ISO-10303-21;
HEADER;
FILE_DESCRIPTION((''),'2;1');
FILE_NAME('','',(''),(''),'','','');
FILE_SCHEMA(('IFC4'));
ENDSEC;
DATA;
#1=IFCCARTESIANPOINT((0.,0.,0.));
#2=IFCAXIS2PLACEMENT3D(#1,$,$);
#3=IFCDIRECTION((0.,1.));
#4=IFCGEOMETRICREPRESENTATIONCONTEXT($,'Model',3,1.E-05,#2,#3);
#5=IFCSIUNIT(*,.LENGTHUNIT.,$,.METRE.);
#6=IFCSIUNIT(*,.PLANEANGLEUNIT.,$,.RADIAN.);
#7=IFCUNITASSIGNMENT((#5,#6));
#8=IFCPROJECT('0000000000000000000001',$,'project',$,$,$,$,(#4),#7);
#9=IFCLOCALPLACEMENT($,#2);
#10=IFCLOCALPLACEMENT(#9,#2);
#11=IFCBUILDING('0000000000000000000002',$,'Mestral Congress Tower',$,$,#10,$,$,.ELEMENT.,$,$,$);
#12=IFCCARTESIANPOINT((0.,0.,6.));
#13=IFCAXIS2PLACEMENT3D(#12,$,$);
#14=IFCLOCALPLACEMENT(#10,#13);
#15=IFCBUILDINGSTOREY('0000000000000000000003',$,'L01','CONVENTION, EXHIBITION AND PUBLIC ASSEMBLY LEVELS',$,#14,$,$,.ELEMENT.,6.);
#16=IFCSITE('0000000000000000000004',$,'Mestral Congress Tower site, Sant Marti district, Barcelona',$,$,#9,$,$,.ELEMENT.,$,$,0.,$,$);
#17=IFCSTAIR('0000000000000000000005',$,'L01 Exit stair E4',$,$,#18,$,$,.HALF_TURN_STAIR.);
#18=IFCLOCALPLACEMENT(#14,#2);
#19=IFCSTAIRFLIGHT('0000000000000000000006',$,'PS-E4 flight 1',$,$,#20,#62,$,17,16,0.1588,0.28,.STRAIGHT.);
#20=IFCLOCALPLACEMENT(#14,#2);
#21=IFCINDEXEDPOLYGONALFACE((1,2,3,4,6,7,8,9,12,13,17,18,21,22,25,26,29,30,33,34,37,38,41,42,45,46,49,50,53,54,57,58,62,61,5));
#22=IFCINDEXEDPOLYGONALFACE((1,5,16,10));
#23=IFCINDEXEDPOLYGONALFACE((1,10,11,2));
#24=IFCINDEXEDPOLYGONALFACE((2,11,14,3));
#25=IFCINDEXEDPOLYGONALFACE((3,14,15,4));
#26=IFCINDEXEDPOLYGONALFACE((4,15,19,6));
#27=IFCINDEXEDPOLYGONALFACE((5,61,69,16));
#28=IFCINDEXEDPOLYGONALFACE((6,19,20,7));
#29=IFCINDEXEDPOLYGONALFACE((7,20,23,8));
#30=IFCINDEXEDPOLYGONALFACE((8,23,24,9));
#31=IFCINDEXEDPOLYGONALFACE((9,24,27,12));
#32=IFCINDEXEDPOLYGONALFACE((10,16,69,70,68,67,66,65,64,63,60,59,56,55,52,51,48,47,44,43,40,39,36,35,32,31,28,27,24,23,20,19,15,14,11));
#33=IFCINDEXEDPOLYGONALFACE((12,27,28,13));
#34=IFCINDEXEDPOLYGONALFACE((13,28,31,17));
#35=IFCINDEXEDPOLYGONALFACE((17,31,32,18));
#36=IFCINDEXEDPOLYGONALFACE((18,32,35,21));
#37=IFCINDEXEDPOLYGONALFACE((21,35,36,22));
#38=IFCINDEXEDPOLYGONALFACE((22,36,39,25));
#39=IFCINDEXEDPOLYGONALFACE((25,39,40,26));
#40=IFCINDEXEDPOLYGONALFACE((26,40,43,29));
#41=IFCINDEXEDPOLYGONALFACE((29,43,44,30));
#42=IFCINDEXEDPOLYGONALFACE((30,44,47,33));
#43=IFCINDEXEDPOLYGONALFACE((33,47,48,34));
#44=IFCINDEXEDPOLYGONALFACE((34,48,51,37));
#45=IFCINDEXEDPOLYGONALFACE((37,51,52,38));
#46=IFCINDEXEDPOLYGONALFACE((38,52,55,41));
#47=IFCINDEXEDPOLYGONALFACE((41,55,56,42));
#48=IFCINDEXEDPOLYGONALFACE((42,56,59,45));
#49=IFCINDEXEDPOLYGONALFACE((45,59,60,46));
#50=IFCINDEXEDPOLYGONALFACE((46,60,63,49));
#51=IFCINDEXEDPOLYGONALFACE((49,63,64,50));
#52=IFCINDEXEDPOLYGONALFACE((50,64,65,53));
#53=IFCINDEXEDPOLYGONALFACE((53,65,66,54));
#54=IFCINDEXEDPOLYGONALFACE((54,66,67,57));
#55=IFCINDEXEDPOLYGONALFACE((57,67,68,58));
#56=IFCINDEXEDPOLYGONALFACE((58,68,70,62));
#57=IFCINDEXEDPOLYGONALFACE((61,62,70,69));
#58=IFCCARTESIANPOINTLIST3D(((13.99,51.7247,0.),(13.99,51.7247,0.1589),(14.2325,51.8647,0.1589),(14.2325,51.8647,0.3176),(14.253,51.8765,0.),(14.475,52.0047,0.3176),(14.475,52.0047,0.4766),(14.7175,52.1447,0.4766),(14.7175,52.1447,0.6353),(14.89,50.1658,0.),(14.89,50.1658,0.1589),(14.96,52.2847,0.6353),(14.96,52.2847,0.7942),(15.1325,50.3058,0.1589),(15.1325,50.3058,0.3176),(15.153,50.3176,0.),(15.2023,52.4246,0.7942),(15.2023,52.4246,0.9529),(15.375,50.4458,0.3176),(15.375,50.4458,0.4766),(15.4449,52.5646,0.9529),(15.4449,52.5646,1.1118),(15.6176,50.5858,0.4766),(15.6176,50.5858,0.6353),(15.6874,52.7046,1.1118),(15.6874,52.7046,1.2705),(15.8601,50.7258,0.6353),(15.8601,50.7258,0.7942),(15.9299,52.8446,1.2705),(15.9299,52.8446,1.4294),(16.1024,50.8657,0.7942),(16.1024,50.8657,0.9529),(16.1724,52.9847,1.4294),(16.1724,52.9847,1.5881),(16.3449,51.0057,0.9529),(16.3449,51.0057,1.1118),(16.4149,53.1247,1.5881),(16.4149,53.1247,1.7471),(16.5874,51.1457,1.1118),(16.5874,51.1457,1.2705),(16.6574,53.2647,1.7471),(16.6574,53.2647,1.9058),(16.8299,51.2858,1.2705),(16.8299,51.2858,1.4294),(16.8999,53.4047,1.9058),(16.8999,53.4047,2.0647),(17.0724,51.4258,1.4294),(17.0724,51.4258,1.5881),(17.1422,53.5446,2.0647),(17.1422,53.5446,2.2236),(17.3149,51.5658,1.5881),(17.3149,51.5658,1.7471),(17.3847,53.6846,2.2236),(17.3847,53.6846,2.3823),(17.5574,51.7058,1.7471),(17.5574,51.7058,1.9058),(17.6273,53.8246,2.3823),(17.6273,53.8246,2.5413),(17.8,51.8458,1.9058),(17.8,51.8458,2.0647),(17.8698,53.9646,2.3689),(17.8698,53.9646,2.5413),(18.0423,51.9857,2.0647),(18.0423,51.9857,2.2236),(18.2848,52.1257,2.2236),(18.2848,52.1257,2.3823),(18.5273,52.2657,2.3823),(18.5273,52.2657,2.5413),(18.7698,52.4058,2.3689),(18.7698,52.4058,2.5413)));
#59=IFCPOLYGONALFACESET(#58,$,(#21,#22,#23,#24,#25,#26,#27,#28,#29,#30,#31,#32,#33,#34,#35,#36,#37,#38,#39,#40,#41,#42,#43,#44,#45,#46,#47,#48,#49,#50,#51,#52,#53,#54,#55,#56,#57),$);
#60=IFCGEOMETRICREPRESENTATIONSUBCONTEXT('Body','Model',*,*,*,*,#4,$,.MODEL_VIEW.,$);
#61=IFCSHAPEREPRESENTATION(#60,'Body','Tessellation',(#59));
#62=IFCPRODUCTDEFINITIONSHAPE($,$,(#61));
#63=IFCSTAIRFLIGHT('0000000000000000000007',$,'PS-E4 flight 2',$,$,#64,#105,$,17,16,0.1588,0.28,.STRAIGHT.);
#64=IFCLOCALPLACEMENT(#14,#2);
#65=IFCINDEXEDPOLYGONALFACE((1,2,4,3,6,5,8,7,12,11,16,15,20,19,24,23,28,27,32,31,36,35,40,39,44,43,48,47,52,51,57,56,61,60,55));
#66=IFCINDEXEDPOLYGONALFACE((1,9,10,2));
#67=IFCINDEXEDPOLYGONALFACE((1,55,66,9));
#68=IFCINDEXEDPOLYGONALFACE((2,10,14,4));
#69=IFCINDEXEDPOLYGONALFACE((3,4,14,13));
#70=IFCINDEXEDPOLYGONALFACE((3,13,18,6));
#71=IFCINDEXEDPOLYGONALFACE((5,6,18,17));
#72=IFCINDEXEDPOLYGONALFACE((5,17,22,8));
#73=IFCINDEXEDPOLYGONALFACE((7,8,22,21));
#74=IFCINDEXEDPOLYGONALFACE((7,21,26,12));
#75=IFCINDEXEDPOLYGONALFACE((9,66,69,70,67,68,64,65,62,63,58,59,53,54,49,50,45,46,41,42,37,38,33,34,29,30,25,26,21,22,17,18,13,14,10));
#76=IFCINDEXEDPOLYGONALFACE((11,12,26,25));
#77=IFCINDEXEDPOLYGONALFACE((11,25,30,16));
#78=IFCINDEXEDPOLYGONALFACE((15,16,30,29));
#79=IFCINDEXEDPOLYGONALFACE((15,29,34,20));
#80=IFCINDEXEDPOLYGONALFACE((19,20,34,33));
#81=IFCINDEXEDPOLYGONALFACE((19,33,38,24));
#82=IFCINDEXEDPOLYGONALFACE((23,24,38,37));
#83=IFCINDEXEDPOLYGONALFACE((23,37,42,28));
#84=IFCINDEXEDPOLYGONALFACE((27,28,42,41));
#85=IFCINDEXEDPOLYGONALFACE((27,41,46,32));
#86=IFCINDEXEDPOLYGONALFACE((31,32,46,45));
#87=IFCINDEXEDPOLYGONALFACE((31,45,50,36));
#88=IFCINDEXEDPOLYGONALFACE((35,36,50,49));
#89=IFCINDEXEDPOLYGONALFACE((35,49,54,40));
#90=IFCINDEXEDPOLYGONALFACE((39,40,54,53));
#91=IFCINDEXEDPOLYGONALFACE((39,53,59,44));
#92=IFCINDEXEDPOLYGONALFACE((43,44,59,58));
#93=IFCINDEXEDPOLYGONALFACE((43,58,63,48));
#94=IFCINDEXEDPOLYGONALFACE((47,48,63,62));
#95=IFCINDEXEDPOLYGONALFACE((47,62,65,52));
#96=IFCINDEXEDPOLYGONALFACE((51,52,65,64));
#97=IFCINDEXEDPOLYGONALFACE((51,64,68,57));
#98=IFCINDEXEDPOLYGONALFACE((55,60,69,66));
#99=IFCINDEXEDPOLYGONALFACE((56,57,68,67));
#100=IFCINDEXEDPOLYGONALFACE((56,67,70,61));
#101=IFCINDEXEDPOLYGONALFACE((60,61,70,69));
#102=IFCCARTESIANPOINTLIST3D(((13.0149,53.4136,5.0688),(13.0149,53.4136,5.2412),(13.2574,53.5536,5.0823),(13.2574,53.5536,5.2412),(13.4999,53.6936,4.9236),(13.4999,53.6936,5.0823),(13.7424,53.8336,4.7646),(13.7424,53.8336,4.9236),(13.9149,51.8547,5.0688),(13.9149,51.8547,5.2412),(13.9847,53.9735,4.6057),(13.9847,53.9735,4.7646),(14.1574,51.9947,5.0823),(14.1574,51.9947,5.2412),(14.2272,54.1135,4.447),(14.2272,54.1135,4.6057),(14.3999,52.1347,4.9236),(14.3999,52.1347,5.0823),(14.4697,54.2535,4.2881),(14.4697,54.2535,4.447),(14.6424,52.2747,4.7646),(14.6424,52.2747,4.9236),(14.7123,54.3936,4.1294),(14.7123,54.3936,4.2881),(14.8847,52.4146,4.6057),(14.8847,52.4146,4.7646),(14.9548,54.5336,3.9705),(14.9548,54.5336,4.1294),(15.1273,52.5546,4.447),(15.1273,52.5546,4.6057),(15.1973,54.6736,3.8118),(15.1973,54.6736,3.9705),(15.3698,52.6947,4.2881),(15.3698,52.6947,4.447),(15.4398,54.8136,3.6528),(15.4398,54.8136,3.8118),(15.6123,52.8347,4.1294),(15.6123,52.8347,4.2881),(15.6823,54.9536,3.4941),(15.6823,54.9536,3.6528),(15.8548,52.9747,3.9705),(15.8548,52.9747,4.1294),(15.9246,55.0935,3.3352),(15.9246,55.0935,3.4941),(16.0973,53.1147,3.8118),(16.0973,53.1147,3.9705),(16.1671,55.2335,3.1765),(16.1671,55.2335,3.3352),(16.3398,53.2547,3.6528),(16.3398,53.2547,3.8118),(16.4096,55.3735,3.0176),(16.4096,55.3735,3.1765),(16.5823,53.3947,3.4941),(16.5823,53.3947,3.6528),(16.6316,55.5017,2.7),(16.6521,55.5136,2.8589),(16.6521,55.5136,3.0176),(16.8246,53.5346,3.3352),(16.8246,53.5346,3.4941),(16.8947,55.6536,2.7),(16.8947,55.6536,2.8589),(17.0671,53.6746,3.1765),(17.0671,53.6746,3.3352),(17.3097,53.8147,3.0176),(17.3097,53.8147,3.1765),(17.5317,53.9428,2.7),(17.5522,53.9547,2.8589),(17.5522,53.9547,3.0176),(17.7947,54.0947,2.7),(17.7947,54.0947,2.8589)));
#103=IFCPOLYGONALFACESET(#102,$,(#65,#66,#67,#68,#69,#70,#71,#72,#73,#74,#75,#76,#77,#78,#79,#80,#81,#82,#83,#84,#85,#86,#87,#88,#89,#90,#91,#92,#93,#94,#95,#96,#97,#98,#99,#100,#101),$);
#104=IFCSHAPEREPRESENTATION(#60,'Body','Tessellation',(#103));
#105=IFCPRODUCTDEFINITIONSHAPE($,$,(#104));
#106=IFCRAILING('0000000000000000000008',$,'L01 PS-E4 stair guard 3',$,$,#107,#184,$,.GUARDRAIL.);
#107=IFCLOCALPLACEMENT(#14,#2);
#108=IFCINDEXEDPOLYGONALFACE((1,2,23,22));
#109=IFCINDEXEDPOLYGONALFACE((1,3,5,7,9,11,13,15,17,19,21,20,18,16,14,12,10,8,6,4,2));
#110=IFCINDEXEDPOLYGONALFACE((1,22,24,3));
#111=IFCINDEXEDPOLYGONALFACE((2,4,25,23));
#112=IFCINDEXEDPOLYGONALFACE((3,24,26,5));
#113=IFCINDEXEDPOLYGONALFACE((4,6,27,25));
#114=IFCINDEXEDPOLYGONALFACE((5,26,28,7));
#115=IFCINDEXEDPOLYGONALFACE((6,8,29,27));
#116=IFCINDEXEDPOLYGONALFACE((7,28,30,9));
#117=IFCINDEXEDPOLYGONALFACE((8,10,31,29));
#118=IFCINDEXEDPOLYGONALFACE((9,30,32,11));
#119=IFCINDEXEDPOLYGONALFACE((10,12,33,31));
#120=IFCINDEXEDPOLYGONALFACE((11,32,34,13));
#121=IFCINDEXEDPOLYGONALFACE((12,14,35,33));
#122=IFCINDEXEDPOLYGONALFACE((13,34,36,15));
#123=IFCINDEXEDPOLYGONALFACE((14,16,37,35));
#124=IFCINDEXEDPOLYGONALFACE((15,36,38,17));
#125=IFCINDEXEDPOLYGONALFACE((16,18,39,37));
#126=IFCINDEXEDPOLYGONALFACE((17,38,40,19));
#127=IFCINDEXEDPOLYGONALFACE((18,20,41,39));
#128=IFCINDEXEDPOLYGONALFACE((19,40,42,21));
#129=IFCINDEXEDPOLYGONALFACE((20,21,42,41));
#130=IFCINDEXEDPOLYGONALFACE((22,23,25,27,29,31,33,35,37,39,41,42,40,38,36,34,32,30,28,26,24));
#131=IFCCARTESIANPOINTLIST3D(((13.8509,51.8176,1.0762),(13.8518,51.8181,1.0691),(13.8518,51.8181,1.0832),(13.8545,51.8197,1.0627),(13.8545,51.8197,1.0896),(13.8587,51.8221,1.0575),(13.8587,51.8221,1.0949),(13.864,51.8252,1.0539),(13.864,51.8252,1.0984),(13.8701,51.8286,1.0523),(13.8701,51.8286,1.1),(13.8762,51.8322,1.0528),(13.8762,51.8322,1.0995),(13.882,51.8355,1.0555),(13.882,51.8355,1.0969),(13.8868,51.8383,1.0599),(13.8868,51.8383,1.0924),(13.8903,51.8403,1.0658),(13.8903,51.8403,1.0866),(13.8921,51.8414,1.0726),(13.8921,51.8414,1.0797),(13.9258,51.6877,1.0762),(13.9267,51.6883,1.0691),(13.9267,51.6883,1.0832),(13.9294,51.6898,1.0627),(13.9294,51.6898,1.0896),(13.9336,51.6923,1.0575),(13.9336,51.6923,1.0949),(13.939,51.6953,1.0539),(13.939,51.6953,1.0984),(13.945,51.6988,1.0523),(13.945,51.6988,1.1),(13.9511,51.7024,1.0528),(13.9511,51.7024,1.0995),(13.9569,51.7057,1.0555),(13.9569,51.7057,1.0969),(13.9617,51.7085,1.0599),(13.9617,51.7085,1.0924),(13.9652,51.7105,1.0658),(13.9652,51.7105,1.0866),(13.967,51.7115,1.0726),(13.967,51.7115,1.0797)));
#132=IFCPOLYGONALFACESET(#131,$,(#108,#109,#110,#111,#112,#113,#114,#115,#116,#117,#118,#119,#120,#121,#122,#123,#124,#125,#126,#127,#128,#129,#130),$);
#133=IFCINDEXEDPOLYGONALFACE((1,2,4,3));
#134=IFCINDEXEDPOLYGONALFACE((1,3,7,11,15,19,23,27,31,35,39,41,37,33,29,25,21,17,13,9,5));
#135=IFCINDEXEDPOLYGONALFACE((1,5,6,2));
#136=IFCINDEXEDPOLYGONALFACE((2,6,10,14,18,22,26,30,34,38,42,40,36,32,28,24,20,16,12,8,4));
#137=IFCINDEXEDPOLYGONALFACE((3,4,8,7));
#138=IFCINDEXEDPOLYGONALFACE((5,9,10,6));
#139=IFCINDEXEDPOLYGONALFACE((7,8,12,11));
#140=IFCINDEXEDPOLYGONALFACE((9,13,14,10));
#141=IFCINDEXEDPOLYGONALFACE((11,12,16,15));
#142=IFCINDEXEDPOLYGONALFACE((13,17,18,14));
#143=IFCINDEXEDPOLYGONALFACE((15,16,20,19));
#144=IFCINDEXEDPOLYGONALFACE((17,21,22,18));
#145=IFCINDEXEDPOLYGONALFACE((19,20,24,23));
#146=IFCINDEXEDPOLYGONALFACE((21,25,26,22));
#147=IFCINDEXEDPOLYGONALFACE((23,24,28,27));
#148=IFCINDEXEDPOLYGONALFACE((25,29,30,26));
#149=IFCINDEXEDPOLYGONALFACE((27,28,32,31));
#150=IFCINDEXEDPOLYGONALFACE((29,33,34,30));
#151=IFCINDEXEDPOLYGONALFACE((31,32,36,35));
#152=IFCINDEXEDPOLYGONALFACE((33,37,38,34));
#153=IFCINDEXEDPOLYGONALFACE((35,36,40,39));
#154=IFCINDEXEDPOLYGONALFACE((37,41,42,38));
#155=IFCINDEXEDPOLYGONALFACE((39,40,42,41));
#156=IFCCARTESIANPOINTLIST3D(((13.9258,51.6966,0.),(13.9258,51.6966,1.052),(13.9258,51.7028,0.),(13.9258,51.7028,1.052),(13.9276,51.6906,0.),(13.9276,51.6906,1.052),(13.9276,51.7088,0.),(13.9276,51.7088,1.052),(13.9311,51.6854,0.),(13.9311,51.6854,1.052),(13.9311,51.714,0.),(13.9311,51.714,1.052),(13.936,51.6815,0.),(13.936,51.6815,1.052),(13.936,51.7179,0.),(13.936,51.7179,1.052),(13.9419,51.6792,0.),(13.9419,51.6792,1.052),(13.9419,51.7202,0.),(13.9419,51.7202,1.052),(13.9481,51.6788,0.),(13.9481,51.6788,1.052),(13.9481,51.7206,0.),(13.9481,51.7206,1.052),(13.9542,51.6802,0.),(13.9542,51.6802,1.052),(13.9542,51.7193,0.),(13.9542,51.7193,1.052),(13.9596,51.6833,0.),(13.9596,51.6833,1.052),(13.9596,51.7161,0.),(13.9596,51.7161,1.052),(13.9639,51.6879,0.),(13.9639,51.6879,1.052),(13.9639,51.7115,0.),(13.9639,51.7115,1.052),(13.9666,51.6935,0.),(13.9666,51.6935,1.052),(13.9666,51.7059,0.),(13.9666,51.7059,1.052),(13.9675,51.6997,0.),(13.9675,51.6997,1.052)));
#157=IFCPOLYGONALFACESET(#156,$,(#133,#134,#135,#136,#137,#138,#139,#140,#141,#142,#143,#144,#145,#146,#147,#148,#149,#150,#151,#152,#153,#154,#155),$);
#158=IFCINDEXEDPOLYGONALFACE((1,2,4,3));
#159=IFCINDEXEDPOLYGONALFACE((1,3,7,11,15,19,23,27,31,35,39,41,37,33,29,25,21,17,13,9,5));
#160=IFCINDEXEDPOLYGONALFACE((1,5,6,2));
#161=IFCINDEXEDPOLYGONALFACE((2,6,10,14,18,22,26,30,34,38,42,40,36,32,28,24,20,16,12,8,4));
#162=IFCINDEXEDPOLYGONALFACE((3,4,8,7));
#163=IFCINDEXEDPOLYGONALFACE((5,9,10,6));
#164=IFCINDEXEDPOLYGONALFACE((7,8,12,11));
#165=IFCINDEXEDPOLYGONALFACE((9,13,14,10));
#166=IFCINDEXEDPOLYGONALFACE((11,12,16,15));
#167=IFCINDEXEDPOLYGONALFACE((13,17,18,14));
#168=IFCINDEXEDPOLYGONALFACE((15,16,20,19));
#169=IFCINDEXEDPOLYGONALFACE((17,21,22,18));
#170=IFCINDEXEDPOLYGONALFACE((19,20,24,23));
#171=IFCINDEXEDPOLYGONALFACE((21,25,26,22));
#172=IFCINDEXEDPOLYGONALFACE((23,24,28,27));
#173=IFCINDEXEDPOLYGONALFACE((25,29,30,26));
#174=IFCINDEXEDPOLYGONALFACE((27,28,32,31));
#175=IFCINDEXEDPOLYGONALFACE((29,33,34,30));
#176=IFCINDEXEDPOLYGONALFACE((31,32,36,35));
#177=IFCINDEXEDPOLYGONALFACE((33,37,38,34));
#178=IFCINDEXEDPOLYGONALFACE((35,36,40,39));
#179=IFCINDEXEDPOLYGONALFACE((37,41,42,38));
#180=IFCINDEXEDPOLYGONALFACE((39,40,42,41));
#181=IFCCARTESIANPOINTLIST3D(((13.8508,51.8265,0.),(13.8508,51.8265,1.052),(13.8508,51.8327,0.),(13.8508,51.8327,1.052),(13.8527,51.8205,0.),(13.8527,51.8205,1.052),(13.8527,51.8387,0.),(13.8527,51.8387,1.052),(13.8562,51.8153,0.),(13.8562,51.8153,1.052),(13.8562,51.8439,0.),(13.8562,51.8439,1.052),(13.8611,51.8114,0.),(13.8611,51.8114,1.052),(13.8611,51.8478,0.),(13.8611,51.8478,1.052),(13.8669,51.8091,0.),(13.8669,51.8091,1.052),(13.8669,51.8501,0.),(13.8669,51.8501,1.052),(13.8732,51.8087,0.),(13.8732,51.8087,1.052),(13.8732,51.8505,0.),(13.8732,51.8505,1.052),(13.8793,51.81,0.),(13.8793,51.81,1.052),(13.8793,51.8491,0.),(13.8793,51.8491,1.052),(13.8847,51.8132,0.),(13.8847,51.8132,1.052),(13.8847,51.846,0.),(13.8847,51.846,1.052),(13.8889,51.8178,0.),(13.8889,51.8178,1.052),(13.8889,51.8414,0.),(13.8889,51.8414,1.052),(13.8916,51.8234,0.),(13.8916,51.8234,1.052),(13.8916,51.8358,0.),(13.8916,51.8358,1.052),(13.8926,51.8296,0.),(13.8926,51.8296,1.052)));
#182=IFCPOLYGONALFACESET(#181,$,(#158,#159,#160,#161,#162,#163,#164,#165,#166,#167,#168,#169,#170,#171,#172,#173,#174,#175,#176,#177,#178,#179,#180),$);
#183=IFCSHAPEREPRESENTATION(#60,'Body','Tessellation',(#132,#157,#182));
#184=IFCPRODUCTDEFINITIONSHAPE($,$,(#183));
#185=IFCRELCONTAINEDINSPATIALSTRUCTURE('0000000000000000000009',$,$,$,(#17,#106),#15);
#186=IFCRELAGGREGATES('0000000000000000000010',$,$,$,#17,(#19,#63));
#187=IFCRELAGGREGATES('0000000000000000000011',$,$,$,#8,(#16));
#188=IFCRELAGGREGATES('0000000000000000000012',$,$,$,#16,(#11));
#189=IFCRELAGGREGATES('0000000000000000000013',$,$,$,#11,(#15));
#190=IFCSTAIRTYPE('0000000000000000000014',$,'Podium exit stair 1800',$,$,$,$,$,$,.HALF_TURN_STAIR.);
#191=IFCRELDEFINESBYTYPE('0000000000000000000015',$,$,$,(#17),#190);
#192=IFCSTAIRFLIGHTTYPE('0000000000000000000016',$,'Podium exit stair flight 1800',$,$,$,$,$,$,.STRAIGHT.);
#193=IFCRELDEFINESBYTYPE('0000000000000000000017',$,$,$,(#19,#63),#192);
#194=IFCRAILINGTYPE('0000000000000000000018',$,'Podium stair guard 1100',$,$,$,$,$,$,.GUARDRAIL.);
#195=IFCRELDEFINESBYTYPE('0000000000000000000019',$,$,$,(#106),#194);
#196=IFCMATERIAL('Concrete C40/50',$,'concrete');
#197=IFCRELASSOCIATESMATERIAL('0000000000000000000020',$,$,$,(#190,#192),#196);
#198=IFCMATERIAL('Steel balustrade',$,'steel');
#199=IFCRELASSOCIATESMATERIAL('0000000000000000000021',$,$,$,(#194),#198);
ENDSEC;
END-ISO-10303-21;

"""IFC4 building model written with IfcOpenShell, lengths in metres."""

from ifc_helpers import new_model, si_unit, direction, frame, origin, origin_2d, place, context, subcontext, project, spatial, polyline, circle, outline, extrude, material, type_object, element, aggregate, save


model = new_model("IFC4")

# Units and contexts
model_context = context("Model", 3, precision=1e-05, world=origin(), true_north=direction((0.0, 1.0)))
body_context = subcontext(model_context, "Body", "Model", "MODEL_VIEW")
ifc_project = project(units=[si_unit("LENGTHUNIT", "METRE"), si_unit("PLANEANGLEUNIT", "RADIAN")], contexts=[model_context])

# Site, building, storey
site_placement = place(None, origin())
site = spatial("IfcSite", under=ifc_project, at=site_placement, Name="Mestral Congress Tower site, Sant Marti district, Barcelona", CompositionType="ELEMENT", RefElevation=0.0)
building_placement = place(site_placement, origin())
building = spatial("IfcBuilding", under=site, at=building_placement, Name="Mestral Congress Tower", CompositionType="ELEMENT")
storey_placement = place(building_placement, frame((0.0, 0.0, 6.0)))
storey = spatial("IfcBuildingStorey", under=building, at=storey_placement, Name="L01", Description="CONVENTION, EXHIBITION AND PUBLIC ASSEMBLY LEVELS", CompositionType="ELEMENT", Elevation=6.0)

# Stair, stair flights
ifc_material_1 = material(Name="Concrete C40/50", Category="concrete")
stair_type = type_object("IfcStairType", Name="Podium exit stair 1800", PredefinedType="HALF_TURN_STAIR", material=ifc_material_1)
stair_placement = place(storey_placement, origin())
stair = element("IfcStair", 1, at=stair_placement, inside=storey, type_object=stair_type, Name="L01 Exit stair E4", PredefinedType="HALF_TURN_STAIR")
stair_flight_type = type_object("IfcStairFlightType", Name="Podium exit stair flight 1800", PredefinedType="STRAIGHT", material=ifc_material_1)
stair_flight_1_placement = place(storey_placement, frame((14.4399, 50.9453, 0.0), z_axis=(0.0, 0.0, 1.0), x_axis=(0.866025, 0.5, 0.0)))
stair_flight_1 = element("IfcStairFlight", 2, at=stair_flight_1_placement, type_object=stair_flight_type, Name="PS-E4 flight 1", NumberOfRisers=17, NumberOfTreads=16, PredefinedType="STRAIGHT", RiserHeight=0.1588, TreadLength=0.28, context=body_context, shape_type="SweptSolid", body=[
    extrude(outline(polyline([(0.0, 0.0), (0.0, 0.1589), (0.28, 0.1589), (0.28, 0.3176), (0.5601, 0.3176), (0.5601, 0.4766), (0.8401, 0.4766), (0.8401, 0.6353), (1.1201, 0.6353), (1.1201, 0.7942), (1.3999, 0.7942), (1.3999, 0.9529), (1.6799, 0.9529), (1.6799, 1.1118), (1.96, 1.1118), (1.96, 1.2705), (2.24, 1.2705), (2.24, 1.4294), (2.52, 1.4294), (2.52, 1.5881), (2.8, 1.5881), (2.8, 1.7471), (3.0801, 1.7471), (3.0801, 1.9058), (3.3601, 1.9058), (3.3601, 2.0647), (3.6399, 2.0647), (3.6399, 2.2236), (3.9199, 2.2236), (3.9199, 2.3823), (4.2, 2.3823), (4.2, 2.5413), (4.48, 2.5413), (4.48, 2.7), (4.48, 2.3689), (0.3037, 0.0), (0.0, 0.0)])), frame((0.0, 0.8999, 0.0), z_axis=(0.0, -1.0, 0.0), x_axis=(1.0, 0.0, 0.0)), (0.0, 0.0, 1.0), 1.8),
])
stair_flight_2_placement = place(storey_placement, frame((17.3447, 54.874, 2.7), z_axis=(0.0, 0.0, 1.0), x_axis=(-0.866025, -0.5, 0.0)))
stair_flight_2 = element("IfcStairFlight", 3, at=stair_flight_2_placement, type_object=stair_flight_type, Name="PS-E4 flight 2", NumberOfRisers=17, NumberOfTreads=16, PredefinedType="STRAIGHT", RiserHeight=0.1588, TreadLength=0.28, context=body_context, shape_type="SweptSolid", body=[
    extrude(outline(polyline([(0.0, 0.0), (0.0, 0.1589), (0.28, 0.1589), (0.28, 0.3176), (0.5601, 0.3176), (0.5601, 0.4766), (0.8401, 0.4766), (0.8401, 0.6353), (1.1201, 0.6353), (1.1201, 0.7942), (1.3999, 0.7942), (1.3999, 0.9529), (1.6799, 0.9529), (1.6799, 1.1118), (1.96, 1.1118), (1.96, 1.2705), (2.24, 1.2705), (2.24, 1.4294), (2.52, 1.4294), (2.52, 1.5881), (2.8, 1.5881), (2.8, 1.7471), (3.0801, 1.7471), (3.0801, 1.9058), (3.3601, 1.9058), (3.3601, 2.0647), (3.6399, 2.0647), (3.6399, 2.2236), (3.9199, 2.2236), (3.9199, 2.3823), (4.2, 2.3823), (4.2, 2.5413), (4.48, 2.5413), (4.48, 2.7), (4.48, 2.3689), (0.3037, 0.0), (0.0, 0.0)])), frame((0.0, 0.8999, 0.0), z_axis=(0.0, -1.0, 0.0), x_axis=(1.0, 0.0, 0.0)), (0.0, 0.0, 1.0), 1.8),
])
aggregate(stair, [stair_flight_1, stair_flight_2])

# Railing
ifc_material_2 = material(Name="Steel balustrade", Category="steel")
railing_type_1 = type_object("IfcRailingType", Name="Podium stair guard 1100", PredefinedType="GUARDRAIL", material=ifc_material_2)
railing_1_placement = place(storey_placement, frame((13.9465, 51.6997, 0.0)))
element("IfcRailing", 4, at=railing_1_placement, inside=storey, type_object=railing_type_1, Name="L01 PS-E4 stair guard 3", PredefinedType="GUARDRAIL", context=body_context, shape_type="SweptSolid", body=[
    extrude(circle(Radius=0.0239, at=origin_2d()), frame((0.0, 0.0, 1.0762), z_axis=(-0.499816, 0.866131, 0.0), x_axis=(-0.866131, -0.499816, 0.0)), (0.0, 0.0, 1.0), 0.1499),
    extrude(circle(Radius=0.021, at=origin_2d()), origin(), (0.0, 0.0, 1.0), 1.052),
    extrude(circle(Radius=0.021, at=origin_2d()), frame((-0.075, 0.1299, 0.0)), (0.0, 0.0, 1.0), 1.052),
])

save(model, "model.ifc")
